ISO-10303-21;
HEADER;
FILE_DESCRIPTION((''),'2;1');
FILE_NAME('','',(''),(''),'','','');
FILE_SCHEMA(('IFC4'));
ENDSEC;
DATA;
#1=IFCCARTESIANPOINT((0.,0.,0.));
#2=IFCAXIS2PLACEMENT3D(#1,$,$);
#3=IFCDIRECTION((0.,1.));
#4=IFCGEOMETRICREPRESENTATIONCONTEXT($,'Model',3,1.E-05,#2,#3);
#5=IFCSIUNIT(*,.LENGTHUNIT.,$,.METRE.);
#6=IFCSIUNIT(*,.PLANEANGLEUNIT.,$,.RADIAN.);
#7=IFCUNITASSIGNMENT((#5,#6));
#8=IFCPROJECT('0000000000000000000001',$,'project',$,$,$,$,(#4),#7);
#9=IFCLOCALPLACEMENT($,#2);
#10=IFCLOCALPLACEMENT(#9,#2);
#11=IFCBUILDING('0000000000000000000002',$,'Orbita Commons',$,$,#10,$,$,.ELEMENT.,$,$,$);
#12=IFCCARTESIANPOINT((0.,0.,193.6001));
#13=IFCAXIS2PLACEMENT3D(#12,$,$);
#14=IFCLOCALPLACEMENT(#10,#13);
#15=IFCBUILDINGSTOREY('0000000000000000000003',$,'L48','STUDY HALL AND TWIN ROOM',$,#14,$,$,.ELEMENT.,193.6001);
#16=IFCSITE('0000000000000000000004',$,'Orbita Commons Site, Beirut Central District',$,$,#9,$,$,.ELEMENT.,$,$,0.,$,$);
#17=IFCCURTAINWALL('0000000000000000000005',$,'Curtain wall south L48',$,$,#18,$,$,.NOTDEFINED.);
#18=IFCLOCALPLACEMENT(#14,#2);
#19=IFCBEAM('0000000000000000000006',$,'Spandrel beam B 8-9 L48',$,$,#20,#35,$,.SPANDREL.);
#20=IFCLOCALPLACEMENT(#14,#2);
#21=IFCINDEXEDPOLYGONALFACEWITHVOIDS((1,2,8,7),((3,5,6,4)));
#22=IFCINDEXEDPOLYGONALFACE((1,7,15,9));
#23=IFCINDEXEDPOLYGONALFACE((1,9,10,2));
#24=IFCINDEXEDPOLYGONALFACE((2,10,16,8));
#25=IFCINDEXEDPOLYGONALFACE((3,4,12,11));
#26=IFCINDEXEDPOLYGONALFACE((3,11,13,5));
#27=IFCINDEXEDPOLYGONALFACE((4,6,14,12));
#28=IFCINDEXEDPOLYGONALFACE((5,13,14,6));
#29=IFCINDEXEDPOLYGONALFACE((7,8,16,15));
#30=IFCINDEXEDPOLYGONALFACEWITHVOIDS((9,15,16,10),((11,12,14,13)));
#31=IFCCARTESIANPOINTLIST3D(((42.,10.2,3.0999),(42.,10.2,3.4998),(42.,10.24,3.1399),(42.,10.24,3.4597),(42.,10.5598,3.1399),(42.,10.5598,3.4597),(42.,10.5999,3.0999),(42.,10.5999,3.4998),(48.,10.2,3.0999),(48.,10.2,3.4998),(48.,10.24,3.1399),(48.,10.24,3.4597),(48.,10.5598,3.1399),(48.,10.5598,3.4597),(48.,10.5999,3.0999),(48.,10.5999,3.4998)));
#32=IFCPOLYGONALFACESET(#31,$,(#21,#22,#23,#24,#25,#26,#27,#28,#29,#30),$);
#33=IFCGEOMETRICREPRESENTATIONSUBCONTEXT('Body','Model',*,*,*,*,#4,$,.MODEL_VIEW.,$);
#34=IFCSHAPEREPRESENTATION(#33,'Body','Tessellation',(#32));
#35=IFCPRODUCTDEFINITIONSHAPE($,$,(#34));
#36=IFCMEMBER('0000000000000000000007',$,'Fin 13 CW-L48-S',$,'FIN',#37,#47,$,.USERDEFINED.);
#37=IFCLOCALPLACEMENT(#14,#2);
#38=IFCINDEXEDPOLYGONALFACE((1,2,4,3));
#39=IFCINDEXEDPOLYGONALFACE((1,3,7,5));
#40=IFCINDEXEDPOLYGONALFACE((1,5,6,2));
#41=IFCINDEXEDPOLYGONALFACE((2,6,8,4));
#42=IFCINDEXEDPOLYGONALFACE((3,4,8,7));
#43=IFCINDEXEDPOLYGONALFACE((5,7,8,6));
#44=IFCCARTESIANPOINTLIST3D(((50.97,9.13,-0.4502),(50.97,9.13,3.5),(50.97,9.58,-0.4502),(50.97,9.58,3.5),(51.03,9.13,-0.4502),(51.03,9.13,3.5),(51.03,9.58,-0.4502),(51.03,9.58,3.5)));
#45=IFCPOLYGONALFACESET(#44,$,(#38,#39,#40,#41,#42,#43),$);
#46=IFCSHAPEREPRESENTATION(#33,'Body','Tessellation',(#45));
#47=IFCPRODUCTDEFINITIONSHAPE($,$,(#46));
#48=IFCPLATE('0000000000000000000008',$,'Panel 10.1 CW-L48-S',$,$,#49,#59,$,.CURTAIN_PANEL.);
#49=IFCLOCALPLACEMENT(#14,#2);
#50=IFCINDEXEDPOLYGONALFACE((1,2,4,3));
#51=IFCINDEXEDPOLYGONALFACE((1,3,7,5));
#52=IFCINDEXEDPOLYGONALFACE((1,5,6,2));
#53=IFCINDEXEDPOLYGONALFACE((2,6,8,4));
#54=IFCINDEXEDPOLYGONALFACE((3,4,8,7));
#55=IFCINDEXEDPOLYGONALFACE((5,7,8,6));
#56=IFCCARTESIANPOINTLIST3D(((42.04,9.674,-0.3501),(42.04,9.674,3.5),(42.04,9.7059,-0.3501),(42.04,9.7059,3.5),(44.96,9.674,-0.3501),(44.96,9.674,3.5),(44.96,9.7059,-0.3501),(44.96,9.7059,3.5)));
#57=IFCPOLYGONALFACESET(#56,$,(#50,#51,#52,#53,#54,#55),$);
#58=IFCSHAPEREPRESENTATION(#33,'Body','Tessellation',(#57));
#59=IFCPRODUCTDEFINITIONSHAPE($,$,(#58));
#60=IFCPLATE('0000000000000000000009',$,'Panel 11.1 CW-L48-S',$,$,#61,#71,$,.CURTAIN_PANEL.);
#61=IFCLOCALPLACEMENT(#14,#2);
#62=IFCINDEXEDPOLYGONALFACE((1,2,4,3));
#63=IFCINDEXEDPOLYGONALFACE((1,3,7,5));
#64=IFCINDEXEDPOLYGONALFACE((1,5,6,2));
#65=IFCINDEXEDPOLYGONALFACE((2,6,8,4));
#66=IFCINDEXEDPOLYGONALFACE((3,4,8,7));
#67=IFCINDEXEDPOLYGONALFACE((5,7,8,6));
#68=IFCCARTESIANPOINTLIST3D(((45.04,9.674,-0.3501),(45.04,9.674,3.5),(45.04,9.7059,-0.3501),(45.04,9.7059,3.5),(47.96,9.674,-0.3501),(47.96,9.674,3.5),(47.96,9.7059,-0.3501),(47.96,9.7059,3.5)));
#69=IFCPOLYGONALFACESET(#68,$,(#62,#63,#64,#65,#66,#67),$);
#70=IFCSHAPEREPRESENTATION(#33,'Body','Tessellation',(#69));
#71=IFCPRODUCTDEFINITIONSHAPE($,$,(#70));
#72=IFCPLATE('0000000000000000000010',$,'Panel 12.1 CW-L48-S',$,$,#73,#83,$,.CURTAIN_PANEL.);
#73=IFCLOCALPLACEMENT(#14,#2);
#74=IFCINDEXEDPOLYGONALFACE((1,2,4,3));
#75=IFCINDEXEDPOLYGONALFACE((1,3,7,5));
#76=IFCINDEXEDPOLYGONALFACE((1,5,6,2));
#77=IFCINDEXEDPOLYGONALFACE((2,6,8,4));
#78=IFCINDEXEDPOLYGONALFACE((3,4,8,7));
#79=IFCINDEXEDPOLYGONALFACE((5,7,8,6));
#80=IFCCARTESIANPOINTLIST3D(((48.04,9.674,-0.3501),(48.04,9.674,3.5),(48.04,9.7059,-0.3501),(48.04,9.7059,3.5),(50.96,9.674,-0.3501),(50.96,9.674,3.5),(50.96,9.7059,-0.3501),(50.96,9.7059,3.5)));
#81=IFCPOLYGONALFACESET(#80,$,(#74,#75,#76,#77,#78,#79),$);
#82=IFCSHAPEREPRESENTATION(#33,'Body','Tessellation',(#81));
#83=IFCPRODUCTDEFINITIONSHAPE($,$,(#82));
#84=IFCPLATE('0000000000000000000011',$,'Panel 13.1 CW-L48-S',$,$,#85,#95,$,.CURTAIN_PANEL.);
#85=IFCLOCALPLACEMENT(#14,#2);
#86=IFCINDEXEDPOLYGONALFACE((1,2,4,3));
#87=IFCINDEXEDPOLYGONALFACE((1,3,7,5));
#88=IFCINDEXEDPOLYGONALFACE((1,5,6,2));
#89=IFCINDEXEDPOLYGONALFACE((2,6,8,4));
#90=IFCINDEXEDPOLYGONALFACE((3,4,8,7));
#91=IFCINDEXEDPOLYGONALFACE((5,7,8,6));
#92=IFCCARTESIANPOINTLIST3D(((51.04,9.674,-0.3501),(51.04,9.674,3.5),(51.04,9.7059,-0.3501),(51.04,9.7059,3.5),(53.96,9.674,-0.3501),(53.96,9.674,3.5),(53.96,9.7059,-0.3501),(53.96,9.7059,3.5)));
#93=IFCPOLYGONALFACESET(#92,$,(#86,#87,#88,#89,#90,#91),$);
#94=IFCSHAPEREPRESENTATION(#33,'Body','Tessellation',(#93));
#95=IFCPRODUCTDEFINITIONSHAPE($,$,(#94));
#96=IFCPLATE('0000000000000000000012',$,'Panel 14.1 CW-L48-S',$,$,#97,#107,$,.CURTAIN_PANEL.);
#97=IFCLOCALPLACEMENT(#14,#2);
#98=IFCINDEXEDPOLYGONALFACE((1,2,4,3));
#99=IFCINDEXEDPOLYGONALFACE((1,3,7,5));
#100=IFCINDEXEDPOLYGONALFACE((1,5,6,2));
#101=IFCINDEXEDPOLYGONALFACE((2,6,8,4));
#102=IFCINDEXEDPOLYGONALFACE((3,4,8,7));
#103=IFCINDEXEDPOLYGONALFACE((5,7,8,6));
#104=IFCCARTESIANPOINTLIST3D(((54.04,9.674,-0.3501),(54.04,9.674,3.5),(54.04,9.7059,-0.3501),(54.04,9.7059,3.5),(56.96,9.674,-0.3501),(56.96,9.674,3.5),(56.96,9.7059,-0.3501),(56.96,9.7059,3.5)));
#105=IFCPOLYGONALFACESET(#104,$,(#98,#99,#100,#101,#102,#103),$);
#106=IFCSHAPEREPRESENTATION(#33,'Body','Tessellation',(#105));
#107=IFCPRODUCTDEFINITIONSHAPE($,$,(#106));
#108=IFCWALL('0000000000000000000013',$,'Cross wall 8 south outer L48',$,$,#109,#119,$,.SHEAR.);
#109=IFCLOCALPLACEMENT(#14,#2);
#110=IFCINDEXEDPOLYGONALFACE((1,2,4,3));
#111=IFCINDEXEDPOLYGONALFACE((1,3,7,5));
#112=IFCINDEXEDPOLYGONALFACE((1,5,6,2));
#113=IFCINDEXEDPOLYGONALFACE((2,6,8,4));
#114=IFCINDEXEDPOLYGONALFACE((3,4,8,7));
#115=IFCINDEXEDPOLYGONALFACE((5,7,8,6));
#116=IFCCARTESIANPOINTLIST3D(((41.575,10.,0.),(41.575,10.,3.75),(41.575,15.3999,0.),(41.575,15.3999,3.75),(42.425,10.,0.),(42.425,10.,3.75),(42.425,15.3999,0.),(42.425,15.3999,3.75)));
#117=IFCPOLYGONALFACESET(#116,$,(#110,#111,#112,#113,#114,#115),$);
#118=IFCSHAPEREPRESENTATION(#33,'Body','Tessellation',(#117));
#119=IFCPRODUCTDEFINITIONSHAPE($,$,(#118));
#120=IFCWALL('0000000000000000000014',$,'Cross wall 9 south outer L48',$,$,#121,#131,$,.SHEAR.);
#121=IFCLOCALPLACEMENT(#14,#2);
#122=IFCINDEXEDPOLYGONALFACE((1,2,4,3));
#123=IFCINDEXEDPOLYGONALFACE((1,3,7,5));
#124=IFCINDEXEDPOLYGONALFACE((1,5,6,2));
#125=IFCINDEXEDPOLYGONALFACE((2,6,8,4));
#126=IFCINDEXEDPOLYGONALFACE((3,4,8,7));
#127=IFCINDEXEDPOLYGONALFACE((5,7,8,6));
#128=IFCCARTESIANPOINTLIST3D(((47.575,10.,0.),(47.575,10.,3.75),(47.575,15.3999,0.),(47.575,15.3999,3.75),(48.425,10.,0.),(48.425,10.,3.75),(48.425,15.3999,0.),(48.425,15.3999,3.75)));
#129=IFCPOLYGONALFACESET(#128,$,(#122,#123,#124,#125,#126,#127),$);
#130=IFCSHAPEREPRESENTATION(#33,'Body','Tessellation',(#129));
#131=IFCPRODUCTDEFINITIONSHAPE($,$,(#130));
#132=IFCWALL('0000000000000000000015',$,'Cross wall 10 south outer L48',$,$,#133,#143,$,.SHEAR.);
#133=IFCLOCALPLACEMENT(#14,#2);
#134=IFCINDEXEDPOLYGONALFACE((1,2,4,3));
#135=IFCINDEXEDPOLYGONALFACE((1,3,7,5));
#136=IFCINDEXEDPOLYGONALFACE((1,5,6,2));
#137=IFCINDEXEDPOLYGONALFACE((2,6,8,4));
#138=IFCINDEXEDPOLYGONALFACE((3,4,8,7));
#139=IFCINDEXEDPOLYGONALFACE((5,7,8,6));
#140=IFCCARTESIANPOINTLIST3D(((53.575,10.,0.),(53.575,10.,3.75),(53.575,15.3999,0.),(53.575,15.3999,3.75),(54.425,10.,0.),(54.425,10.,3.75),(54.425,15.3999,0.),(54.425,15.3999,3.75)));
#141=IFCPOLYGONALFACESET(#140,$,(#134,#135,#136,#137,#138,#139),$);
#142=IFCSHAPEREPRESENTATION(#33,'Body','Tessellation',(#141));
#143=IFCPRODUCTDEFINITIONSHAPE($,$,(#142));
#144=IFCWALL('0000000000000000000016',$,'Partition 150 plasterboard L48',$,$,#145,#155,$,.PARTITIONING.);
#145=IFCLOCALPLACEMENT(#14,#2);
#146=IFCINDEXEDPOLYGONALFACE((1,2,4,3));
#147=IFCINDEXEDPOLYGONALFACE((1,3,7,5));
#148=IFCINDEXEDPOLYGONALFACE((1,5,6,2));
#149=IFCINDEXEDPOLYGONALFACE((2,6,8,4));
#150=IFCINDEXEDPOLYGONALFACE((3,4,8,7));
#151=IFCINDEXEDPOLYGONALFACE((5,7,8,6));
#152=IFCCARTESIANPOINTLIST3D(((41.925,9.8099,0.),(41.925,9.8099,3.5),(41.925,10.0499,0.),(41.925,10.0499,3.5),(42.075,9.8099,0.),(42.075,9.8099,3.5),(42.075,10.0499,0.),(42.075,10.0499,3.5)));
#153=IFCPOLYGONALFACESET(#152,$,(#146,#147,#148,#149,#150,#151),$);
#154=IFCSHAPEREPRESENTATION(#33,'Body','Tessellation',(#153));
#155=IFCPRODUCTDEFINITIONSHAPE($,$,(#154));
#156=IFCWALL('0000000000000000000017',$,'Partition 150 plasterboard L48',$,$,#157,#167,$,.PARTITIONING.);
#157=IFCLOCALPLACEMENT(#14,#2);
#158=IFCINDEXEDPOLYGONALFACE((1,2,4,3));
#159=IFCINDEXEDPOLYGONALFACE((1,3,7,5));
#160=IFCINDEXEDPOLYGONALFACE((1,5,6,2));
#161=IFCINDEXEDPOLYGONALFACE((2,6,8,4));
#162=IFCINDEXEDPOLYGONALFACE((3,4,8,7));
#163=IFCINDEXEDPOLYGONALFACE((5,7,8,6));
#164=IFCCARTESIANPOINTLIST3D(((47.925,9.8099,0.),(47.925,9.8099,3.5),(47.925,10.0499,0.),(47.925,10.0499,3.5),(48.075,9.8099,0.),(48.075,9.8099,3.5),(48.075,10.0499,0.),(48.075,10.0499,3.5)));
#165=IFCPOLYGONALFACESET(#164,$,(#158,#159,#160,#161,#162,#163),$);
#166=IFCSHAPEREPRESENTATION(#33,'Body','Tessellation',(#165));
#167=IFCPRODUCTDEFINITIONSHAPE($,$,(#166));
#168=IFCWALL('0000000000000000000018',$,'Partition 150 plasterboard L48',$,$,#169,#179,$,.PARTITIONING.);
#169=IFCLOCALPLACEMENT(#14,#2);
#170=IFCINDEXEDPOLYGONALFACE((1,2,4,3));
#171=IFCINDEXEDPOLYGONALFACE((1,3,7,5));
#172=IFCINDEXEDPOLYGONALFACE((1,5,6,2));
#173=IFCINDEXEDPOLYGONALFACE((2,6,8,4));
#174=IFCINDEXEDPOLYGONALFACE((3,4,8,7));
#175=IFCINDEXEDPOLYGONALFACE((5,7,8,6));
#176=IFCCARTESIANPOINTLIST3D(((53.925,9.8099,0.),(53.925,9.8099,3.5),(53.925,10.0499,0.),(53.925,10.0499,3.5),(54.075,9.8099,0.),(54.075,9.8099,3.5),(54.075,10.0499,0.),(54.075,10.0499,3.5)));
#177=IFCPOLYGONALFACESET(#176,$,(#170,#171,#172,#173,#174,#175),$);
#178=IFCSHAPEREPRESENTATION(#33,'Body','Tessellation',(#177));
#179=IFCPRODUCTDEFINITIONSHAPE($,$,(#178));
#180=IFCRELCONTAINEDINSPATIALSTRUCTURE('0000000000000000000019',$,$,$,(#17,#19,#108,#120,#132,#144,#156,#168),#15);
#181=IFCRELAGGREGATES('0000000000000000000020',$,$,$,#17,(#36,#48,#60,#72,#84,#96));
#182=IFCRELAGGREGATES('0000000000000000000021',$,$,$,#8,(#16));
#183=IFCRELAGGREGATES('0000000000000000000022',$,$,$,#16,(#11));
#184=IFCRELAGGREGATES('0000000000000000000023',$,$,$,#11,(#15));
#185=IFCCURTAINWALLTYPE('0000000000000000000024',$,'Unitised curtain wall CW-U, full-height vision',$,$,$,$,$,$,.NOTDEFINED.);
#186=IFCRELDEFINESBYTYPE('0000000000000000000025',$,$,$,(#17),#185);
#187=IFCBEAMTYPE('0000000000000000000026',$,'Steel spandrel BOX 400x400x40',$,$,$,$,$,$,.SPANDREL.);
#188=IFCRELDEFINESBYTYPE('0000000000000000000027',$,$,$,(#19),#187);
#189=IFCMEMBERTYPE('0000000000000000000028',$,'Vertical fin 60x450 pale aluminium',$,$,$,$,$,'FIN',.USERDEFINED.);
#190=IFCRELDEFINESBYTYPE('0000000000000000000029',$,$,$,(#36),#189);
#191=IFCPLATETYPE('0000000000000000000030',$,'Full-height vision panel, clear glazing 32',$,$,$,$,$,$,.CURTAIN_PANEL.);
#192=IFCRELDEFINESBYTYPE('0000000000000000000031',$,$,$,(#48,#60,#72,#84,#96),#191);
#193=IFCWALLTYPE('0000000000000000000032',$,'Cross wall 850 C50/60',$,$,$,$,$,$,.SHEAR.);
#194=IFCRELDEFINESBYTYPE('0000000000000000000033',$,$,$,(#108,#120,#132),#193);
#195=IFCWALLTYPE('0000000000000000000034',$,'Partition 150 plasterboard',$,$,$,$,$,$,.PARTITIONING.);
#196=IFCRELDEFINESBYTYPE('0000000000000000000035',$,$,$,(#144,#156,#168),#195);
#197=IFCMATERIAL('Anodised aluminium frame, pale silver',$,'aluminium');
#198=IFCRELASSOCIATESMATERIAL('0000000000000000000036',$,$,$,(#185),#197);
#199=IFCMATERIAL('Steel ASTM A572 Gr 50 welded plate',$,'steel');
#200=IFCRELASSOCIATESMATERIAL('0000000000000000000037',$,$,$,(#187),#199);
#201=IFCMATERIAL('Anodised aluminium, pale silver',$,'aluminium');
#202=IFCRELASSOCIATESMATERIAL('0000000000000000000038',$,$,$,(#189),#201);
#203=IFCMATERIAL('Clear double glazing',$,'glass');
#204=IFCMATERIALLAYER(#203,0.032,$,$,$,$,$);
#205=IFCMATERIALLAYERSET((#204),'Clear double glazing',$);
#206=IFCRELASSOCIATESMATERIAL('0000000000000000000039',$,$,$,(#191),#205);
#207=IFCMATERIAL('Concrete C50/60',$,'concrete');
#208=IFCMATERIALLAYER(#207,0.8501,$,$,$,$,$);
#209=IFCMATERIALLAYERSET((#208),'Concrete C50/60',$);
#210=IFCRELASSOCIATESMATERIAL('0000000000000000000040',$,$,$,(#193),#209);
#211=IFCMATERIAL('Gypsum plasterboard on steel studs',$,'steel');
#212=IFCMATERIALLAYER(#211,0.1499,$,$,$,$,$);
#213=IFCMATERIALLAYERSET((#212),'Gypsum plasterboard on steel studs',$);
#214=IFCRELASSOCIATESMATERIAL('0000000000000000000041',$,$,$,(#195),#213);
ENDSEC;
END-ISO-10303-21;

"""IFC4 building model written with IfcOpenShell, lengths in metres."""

from ifc_helpers import new_model, si_unit, direction, frame, frame_2d, origin, origin_2d, place, context, subcontext, project, spatial, rectangle, hollow_rectangle, extrude, material, layer, layer_set, material_profile, profile_set, type_object, element, aggregate, save


model = new_model("IFC4")

# Units and contexts
model_context = context("Model", 3, precision=1e-05, world=origin(), true_north=direction((0.0, 1.0)))
body_context = subcontext(model_context, "Body", "Model", "MODEL_VIEW")
ifc_project = project(units=[si_unit("LENGTHUNIT", "METRE"), si_unit("PLANEANGLEUNIT", "RADIAN")], contexts=[model_context])

# Site, building, storey
site_placement = place(None, origin())
site = spatial("IfcSite", under=ifc_project, at=site_placement, Name="Orbita Commons Site, Beirut Central District", CompositionType="ELEMENT", RefElevation=0.0)
building_placement = place(site_placement, origin())
building = spatial("IfcBuilding", under=site, at=building_placement, Name="Orbita Commons", CompositionType="ELEMENT")
storey_placement = place(building_placement, frame((0.0, 0.0, 193.6001)))
storey = spatial("IfcBuildingStorey", under=building, at=storey_placement, Name="L48", Description="STUDY HALL AND TWIN ROOM", CompositionType="ELEMENT", Elevation=193.6001)

# Curtain wall
ifc_material_1 = material(Name="Anodised aluminium frame, pale silver", Category="aluminium")
curtain_wall_type = type_object("IfcCurtainWallType", Name="Unitised curtain wall CW-U, full-height vision", PredefinedType="NOTDEFINED", material=ifc_material_1)
curtain_wall_placement = place(storey_placement, origin())
curtain_wall = element("IfcCurtainWall", 1, at=curtain_wall_placement, inside=storey, type_object=curtain_wall_type, Name="Curtain wall south L48", PredefinedType="NOTDEFINED")

# Beam
ifc_material_2 = material(Name="Steel ASTM A572 Gr 50 welded plate", Category="steel")
ifc_material_profile_1 = material_profile(ifc_material_2, hollow_rectangle(XDim=0.3999, YDim=0.3999, WallThickness=0.04, at=origin_2d()), Name="BOX 400x400x40")
ifc_profile_set_1 = profile_set([ifc_material_profile_1], Name="Steel ASTM A572 Gr 50 welded plate")
beam_type = type_object("IfcBeamType", Name="Steel spandrel BOX 400x400x40", PredefinedType="SPANDREL", material=ifc_profile_set_1)
beam_placement = place(storey_placement, frame((42.0, 10.3999, 3.2998), z_axis=(1.0, 0.0, 0.0), x_axis=(0.0, 1.0, 0.0)))
element("IfcBeam", 2, at=beam_placement, inside=storey, type_object=beam_type, Name="Spandrel beam B 8-9 L48", PredefinedType="SPANDREL", context=body_context, shape_type="SweptSolid", body=[
    extrude(hollow_rectangle(XDim=0.3999, YDim=0.3999, WallThickness=0.04, at=origin_2d()), origin(), (0.0, 0.0, 1.0), 6.0),
])

# Member
ifc_material_3 = material(Name="Anodised aluminium, pale silver", Category="aluminium")
ifc_material_profile_2 = material_profile(ifc_material_3, rectangle(XDim=0.0601, YDim=0.45, at=origin_2d()), Name="FIN 60x450")
ifc_profile_set_2 = profile_set([ifc_material_profile_2], Name="Anodised aluminium, pale silver")
member_type_1 = type_object("IfcMemberType", Name="Vertical fin 60x450 pale aluminium", ElementType="FIN", PredefinedType="USERDEFINED", material=ifc_profile_set_2)
member_1_placement = place(storey_placement, frame((51.0, 9.355, -0.4502), z_axis=(0.0, 0.0, 1.0), x_axis=(1.0, 0.0, 0.0)))
member_1 = element("IfcMember", 3, at=member_1_placement, type_object=member_type_1, Name="Fin 13 CW-L48-S", ObjectType="FIN", PredefinedType="USERDEFINED", context=body_context, shape_type="SweptSolid", body=[
    extrude(rectangle(XDim=0.0601, YDim=0.45, at=origin_2d()), origin(), (0.0, 0.0, 1.0), 3.9502),
])

# Plates
ifc_material_4 = material(Name="Clear double glazing", Category="glass")
ifc_layer_1 = layer(ifc_material_4, 0.032)
ifc_layer_set_1 = layer_set([ifc_layer_1], Name="Clear double glazing")
plate_type = type_object("IfcPlateType", Name="Full-height vision panel, clear glazing 32", PredefinedType="CURTAIN_PANEL", material=ifc_layer_set_1)
plate_1_placement = place(storey_placement, frame((43.5, 9.6899, -0.3501), z_axis=(0.0, 0.0, 1.0), x_axis=(1.0, 0.0, 0.0)))
plate_1 = element("IfcPlate", 4, at=plate_1_placement, type_object=plate_type, Name="Panel 10.1 CW-L48-S", PredefinedType="CURTAIN_PANEL", context=body_context, shape_type="SweptSolid", body=[
    extrude(rectangle(XDim=2.9199, YDim=0.032, at=origin_2d()), origin(), (0.0, 0.0, 1.0), 3.8501),
])
plate_2_placement = place(storey_placement, frame((46.5, 9.6899, -0.3501), z_axis=(0.0, 0.0, 1.0), x_axis=(1.0, 0.0, 0.0)))
plate_2 = element("IfcPlate", 5, at=plate_2_placement, type_object=plate_type, Name="Panel 11.1 CW-L48-S", PredefinedType="CURTAIN_PANEL", context=body_context, shape_type="SweptSolid", body=[
    extrude(rectangle(XDim=2.9199, YDim=0.032, at=origin_2d()), origin(), (0.0, 0.0, 1.0), 3.8501),
])
plate_3_placement = place(storey_placement, frame((49.5, 9.6899, -0.3501), z_axis=(0.0, 0.0, 1.0), x_axis=(1.0, 0.0, 0.0)))
plate_3 = element("IfcPlate", 6, at=plate_3_placement, type_object=plate_type, Name="Panel 12.1 CW-L48-S", PredefinedType="CURTAIN_PANEL", context=body_context, shape_type="SweptSolid", body=[
    extrude(rectangle(XDim=2.9199, YDim=0.032, at=origin_2d()), origin(), (0.0, 0.0, 1.0), 3.8501),
])
plate_4_placement = place(storey_placement, frame((52.5, 9.6899, -0.3501), z_axis=(0.0, 0.0, 1.0), x_axis=(1.0, 0.0, 0.0)))
plate_4 = element("IfcPlate", 7, at=plate_4_placement, type_object=plate_type, Name="Panel 13.1 CW-L48-S", PredefinedType="CURTAIN_PANEL", context=body_context, shape_type="SweptSolid", body=[
    extrude(rectangle(XDim=2.9199, YDim=0.032, at=origin_2d()), origin(), (0.0, 0.0, 1.0), 3.8501),
])
plate_5_placement = place(storey_placement, frame((55.5, 9.6899, -0.3501), z_axis=(0.0, 0.0, 1.0), x_axis=(1.0, 0.0, 0.0)))
plate_5 = element("IfcPlate", 8, at=plate_5_placement, type_object=plate_type, Name="Panel 14.1 CW-L48-S", PredefinedType="CURTAIN_PANEL", context=body_context, shape_type="SweptSolid", body=[
    extrude(rectangle(XDim=2.9199, YDim=0.032, at=origin_2d()), origin(), (0.0, 0.0, 1.0), 3.8501),
])
aggregate(curtain_wall, [member_1, plate_1, plate_2, plate_3, plate_4, plate_5])

# Walls
ifc_material_5 = material(Name="Concrete C50/60", Category="concrete")
ifc_layer_2 = layer(ifc_material_5, 0.8501)
ifc_layer_set_2 = layer_set([ifc_layer_2], Name="Concrete C50/60")
wall_type_1 = type_object("IfcWallType", Name="Cross wall 850 C50/60", PredefinedType="SHEAR", material=ifc_layer_set_2)
for number, where, z_axis, x_axis, name in (
    (9, (42.0, 10.0, 0.0), (0.0, 0.0, 1.0), (0.0, 1.0, 0.0), "Cross wall 8 south outer L48"),
    (10, (48.0, 10.0, 0.0), (0.0, 0.0, 1.0), (0.0, 1.0, 0.0), "Cross wall 9 south outer L48"),
    (11, (54.0, 10.0, 0.0), (0.0, 0.0, 1.0), (0.0, 1.0, 0.0), "Cross wall 10 south outer L48"),
):
    element("IfcWall", number, at=place(storey_placement, frame(where, z_axis=z_axis, x_axis=x_axis)), inside=storey, type_object=wall_type_1, Name=name, PredefinedType="SHEAR", context=body_context, shape_type="SweptSolid", body=[
        extrude(rectangle(XDim=5.3999, YDim=0.8501, at=frame_2d((2.7, 0.0))), origin(), (0.0, 0.0, 1.0), 3.75),
    ])
ifc_material_6 = material(Name="Gypsum plasterboard on steel studs", Category="steel")
ifc_layer_3 = layer(ifc_material_6, 0.1499)
ifc_layer_set_3 = layer_set([ifc_layer_3], Name="Gypsum plasterboard on steel studs")
wall_type_2 = type_object("IfcWallType", Name="Partition 150 plasterboard", PredefinedType="PARTITIONING", material=ifc_layer_set_3)
for number, where, z_axis, x_axis, name in (
    (12, (42.0, 10.05, 0.0), (0.0, 0.0, 1.0), (0.0, -1.0, 0.0), "Partition 150 plasterboard L48"),
    (13, (48.0, 10.05, 0.0), (0.0, 0.0, 1.0), (0.0, -1.0, 0.0), "Partition 150 plasterboard L48"),
    (14, (54.0, 10.05, 0.0), (0.0, 0.0, 1.0), (0.0, -1.0, 0.0), "Partition 150 plasterboard L48"),
):
    element("IfcWall", number, at=place(storey_placement, frame(where, z_axis=z_axis, x_axis=x_axis)), inside=storey, type_object=wall_type_2, Name=name, PredefinedType="PARTITIONING", context=body_context, shape_type="SweptSolid", body=[
        extrude(rectangle(XDim=0.24, YDim=0.1499, at=frame_2d((0.1201, 0.0))), origin(), (0.0, 0.0, 1.0), 3.5),
    ])

save(model, "model.ifc")
